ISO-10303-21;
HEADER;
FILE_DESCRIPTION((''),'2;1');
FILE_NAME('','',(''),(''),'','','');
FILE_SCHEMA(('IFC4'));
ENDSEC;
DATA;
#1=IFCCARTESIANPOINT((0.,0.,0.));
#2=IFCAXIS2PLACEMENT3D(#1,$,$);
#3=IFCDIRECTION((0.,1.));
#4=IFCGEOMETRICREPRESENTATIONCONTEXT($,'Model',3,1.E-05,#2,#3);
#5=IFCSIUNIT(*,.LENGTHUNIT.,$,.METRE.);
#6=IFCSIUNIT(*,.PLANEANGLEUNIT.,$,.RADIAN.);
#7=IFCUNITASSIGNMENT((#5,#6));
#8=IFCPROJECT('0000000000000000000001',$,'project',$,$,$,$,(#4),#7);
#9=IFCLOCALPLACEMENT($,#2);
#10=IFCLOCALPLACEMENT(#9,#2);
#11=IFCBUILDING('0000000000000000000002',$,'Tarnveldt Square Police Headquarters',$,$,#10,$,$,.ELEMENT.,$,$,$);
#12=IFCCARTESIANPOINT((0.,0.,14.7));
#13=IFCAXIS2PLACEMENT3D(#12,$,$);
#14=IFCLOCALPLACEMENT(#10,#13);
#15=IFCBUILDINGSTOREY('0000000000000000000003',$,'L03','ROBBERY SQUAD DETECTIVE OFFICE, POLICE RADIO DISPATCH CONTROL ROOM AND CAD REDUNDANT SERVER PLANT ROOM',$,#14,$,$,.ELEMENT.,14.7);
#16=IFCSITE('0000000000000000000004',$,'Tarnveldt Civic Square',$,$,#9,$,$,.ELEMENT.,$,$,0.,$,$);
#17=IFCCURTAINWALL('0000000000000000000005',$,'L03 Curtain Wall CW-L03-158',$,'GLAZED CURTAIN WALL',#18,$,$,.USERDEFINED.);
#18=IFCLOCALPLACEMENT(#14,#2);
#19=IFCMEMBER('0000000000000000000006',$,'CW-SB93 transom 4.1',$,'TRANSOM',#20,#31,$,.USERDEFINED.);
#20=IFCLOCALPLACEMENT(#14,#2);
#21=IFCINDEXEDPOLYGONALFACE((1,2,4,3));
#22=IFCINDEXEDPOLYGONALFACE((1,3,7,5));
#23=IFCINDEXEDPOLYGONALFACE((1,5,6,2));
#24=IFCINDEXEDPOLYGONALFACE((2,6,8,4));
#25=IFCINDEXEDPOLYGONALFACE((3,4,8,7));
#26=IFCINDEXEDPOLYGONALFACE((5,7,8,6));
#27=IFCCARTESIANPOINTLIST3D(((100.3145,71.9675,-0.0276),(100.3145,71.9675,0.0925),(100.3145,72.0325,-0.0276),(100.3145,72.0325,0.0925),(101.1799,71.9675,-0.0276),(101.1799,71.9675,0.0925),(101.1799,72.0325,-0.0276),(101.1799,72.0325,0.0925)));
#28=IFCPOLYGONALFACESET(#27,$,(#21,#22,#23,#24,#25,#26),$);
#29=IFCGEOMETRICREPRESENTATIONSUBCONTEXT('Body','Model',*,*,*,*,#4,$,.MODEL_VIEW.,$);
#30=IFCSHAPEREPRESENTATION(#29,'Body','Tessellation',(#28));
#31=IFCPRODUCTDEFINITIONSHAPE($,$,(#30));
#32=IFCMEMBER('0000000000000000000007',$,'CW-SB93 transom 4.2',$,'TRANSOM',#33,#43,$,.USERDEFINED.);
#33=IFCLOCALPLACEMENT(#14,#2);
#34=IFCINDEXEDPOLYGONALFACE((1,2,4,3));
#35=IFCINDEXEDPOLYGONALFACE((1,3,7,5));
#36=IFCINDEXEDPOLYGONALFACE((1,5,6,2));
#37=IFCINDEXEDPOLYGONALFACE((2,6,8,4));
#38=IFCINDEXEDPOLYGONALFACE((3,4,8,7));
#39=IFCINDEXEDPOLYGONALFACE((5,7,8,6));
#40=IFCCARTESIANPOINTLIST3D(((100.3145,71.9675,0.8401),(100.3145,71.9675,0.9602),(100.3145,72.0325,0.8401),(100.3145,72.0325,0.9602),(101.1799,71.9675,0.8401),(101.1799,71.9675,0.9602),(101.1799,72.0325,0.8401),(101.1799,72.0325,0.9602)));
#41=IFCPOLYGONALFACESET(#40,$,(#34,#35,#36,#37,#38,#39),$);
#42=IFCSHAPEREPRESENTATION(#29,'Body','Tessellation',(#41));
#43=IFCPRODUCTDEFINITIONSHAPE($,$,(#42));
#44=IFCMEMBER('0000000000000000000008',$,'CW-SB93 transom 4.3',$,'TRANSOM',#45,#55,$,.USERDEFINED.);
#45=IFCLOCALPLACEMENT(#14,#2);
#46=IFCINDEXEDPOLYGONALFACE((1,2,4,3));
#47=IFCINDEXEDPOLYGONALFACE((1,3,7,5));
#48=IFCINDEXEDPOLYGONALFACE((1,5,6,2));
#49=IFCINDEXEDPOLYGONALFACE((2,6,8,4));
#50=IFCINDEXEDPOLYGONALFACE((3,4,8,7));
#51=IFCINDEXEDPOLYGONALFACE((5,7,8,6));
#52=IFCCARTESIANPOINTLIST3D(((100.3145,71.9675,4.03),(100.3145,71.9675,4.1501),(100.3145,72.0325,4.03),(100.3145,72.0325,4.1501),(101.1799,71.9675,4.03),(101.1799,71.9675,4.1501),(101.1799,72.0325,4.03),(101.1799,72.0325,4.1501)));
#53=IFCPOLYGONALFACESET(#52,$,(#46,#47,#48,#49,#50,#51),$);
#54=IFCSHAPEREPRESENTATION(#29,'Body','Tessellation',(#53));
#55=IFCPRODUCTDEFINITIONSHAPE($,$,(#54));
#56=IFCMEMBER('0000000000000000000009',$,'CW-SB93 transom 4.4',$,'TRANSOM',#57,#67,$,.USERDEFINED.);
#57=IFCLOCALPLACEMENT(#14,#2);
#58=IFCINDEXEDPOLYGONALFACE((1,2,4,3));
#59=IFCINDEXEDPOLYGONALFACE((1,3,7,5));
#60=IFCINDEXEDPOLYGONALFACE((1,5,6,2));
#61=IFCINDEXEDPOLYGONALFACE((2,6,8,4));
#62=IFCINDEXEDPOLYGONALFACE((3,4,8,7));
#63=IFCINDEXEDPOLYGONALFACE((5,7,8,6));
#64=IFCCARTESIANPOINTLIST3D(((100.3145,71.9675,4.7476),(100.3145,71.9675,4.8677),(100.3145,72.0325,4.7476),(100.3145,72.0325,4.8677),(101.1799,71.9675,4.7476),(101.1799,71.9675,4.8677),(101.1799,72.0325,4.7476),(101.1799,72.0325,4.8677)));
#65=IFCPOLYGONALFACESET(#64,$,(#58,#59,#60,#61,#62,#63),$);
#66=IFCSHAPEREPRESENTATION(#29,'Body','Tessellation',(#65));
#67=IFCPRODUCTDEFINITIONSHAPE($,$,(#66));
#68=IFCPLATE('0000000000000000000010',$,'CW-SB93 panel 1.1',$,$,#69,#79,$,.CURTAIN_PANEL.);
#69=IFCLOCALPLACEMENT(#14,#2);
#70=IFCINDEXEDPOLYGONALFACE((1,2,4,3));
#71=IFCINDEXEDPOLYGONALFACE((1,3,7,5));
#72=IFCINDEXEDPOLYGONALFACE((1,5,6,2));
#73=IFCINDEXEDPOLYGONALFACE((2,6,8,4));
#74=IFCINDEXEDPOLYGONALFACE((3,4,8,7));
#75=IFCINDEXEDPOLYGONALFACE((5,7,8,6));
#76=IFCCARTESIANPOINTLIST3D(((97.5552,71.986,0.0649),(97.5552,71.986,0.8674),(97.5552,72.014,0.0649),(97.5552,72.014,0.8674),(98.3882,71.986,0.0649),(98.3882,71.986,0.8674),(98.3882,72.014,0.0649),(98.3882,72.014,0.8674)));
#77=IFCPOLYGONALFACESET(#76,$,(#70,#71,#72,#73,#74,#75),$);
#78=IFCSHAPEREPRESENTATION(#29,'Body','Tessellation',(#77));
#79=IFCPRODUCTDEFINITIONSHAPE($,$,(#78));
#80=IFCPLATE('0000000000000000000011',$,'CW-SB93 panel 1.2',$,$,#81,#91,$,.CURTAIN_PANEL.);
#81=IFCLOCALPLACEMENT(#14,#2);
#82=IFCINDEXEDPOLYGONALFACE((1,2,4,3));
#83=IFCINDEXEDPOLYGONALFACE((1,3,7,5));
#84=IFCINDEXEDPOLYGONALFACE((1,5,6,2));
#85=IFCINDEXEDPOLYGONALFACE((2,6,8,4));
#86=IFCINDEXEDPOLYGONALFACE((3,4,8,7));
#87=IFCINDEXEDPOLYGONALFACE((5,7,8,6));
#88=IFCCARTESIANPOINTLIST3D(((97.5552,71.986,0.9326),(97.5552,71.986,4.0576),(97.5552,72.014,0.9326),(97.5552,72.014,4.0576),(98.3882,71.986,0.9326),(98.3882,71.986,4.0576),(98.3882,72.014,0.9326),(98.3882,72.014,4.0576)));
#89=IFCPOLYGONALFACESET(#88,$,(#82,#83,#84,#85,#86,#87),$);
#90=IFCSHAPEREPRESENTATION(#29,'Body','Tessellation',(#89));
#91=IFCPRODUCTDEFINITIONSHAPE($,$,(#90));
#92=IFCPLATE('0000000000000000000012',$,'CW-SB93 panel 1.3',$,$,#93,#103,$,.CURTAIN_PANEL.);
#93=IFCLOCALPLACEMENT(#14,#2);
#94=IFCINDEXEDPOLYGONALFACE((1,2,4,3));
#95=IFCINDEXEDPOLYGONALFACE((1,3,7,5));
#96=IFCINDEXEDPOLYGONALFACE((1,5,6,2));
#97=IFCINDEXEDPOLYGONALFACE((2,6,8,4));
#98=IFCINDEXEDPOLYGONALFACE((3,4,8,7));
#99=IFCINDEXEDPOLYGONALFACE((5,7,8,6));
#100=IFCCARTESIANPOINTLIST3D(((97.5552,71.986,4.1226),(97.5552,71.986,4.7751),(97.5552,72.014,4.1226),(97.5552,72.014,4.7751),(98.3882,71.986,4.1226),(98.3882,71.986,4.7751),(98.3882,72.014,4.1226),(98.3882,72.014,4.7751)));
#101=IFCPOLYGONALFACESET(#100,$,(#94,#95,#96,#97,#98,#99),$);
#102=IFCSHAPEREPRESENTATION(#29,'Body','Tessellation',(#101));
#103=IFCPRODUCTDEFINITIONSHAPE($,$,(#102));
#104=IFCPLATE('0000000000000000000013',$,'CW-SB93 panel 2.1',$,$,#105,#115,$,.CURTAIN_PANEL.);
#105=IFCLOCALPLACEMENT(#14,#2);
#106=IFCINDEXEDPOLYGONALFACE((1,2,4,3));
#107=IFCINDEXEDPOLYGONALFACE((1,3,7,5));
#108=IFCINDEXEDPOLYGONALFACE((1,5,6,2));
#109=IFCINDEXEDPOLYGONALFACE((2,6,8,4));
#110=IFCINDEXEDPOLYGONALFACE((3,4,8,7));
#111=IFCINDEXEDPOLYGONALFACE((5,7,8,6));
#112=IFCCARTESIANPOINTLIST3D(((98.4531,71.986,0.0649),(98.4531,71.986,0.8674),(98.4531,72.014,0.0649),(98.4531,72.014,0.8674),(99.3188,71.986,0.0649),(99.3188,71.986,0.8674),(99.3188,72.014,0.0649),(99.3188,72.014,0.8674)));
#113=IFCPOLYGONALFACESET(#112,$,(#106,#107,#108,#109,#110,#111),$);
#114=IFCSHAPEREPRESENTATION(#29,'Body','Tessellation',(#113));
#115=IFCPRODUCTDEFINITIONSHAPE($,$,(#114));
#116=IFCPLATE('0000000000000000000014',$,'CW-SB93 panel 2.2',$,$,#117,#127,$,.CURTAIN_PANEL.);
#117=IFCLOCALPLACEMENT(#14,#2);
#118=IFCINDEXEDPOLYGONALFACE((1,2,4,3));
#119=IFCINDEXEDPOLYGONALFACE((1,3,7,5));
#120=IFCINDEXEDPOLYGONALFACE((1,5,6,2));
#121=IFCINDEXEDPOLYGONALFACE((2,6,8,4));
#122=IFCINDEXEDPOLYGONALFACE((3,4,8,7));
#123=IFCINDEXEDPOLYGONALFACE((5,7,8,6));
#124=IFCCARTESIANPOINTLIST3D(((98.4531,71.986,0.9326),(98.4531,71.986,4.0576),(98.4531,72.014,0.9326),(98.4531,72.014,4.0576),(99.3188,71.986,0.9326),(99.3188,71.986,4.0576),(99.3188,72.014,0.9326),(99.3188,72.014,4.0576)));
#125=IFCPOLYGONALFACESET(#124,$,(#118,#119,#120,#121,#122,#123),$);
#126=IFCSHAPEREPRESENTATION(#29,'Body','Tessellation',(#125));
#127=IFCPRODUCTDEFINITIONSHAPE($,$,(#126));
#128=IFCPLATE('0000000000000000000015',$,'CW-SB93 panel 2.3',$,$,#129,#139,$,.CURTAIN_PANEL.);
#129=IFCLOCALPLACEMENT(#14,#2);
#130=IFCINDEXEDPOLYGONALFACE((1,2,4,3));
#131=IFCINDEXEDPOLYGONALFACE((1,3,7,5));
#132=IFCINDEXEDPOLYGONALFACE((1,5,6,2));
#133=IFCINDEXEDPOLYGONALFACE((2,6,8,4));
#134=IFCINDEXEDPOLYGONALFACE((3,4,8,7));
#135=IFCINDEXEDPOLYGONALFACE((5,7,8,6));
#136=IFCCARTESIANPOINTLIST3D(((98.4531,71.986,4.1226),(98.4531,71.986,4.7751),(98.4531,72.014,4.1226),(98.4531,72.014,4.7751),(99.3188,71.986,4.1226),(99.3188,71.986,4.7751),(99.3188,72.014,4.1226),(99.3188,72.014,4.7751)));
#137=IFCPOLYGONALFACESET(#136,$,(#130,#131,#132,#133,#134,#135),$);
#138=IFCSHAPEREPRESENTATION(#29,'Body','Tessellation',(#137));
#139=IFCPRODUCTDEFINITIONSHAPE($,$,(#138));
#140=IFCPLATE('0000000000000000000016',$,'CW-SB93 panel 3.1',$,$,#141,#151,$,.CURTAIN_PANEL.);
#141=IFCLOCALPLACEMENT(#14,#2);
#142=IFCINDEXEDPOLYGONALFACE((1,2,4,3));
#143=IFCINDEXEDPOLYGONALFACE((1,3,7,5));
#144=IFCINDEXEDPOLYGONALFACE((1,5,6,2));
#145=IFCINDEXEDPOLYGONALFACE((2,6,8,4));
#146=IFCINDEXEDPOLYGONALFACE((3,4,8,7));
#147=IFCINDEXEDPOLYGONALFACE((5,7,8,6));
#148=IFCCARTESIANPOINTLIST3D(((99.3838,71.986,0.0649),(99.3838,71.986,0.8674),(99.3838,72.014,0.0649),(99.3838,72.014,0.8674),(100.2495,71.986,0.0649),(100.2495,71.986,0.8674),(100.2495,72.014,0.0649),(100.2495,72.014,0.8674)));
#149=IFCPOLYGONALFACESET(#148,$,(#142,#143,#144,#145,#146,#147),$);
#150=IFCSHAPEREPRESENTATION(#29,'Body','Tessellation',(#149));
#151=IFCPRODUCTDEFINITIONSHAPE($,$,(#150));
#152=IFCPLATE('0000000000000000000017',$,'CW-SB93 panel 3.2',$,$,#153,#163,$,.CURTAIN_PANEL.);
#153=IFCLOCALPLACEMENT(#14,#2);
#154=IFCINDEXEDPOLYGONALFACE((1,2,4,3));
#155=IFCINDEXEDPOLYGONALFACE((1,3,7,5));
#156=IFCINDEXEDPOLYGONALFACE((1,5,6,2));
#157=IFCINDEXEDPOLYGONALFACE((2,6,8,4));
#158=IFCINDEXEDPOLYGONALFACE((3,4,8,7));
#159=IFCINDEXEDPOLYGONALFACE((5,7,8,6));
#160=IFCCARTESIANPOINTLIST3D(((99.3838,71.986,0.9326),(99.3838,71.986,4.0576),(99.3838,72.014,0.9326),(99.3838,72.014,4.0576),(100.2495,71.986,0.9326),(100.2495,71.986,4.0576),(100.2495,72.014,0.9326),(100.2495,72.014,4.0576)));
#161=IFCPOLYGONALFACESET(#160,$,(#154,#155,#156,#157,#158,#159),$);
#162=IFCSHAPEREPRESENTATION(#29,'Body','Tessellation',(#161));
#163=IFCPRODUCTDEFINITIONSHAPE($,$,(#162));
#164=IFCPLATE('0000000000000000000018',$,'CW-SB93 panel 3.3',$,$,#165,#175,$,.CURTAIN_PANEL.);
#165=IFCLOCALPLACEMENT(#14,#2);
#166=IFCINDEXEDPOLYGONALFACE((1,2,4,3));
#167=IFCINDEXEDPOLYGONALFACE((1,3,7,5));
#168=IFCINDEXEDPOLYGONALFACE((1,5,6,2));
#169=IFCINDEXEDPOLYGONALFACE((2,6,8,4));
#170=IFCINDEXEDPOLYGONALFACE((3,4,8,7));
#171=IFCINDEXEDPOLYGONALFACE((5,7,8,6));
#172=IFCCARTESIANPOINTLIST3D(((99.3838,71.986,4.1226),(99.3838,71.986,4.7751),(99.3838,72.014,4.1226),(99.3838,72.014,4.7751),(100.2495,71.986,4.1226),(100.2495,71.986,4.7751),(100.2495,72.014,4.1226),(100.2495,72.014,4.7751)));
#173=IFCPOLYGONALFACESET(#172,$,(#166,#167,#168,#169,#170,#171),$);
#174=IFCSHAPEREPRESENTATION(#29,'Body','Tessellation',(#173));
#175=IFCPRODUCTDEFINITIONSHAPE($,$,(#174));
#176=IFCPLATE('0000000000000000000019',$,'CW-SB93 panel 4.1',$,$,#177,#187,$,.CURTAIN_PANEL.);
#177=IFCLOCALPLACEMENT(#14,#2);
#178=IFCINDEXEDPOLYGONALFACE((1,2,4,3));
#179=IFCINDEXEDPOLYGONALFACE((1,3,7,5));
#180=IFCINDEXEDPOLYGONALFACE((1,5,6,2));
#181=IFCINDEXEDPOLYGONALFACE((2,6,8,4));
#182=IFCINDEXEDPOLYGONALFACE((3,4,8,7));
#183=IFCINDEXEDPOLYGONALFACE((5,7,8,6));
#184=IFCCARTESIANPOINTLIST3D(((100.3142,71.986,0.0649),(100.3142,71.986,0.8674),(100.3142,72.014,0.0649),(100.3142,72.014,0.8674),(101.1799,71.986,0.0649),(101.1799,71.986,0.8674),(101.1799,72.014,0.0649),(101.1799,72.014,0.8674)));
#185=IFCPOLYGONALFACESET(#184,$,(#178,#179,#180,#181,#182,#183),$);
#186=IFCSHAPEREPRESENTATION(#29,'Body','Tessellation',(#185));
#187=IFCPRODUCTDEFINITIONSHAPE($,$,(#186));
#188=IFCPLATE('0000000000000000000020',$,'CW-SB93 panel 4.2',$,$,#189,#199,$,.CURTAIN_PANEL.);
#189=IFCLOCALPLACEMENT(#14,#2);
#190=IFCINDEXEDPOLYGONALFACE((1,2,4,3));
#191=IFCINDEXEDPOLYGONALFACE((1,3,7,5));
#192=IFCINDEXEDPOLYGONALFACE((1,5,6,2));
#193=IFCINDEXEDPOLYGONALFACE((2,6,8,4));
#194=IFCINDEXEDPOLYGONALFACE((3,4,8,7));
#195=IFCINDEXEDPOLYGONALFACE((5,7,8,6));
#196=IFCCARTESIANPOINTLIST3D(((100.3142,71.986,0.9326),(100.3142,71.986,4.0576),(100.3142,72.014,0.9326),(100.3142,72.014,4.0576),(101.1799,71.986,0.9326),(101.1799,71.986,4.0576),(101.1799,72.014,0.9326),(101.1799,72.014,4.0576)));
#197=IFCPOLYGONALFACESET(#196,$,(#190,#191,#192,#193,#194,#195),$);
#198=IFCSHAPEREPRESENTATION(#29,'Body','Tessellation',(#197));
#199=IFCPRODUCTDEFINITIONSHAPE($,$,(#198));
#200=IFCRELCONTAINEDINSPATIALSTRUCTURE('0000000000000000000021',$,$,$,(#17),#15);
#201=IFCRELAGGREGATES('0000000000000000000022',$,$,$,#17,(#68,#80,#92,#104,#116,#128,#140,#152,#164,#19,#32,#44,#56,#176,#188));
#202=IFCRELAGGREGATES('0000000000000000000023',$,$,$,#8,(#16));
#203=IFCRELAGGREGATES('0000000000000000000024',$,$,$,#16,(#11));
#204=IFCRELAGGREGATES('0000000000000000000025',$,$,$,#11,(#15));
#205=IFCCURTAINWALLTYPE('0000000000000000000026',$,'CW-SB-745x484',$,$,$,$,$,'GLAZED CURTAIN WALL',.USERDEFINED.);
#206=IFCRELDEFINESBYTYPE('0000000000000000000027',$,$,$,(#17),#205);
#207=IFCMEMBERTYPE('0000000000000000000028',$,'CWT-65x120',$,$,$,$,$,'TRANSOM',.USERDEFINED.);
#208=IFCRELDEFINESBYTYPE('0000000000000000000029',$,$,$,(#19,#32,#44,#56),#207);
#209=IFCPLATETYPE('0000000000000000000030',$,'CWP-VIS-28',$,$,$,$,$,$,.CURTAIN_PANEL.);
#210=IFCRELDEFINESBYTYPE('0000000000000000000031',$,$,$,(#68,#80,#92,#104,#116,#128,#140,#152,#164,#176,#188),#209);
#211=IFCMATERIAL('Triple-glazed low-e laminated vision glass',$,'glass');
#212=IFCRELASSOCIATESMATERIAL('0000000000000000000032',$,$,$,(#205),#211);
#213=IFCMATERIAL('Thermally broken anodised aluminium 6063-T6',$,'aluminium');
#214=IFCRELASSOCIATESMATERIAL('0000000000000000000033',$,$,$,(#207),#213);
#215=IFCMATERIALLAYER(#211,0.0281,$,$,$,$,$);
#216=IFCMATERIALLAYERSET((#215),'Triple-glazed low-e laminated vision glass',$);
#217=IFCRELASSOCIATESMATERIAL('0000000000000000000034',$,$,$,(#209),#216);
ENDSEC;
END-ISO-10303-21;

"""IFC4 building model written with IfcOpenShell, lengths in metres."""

from ifc_helpers import new_model, si_unit, direction, frame, origin, origin_2d, place, context, subcontext, project, spatial, rectangle, extrude, material, layer, layer_set, material_profile, profile_set, type_object, element, aggregate, save


model = new_model("IFC4")

# Units and contexts
model_context = context("Model", 3, precision=1e-05, world=origin(), true_north=direction((0.0, 1.0)))
body_context = subcontext(model_context, "Body", "Model", "MODEL_VIEW")
ifc_project = project(units=[si_unit("LENGTHUNIT", "METRE"), si_unit("PLANEANGLEUNIT", "RADIAN")], contexts=[model_context])

# Site, building, storey
site_placement = place(None, origin())
site = spatial("IfcSite", under=ifc_project, at=site_placement, Name="Tarnveldt Civic Square", CompositionType="ELEMENT", RefElevation=0.0)
building_placement = place(site_placement, origin())
building = spatial("IfcBuilding", under=site, at=building_placement, Name="Tarnveldt Square Police Headquarters", CompositionType="ELEMENT")
storey_placement = place(building_placement, frame((0.0, 0.0, 14.7)))
storey = spatial("IfcBuildingStorey", under=building, at=storey_placement, Name="L03", Description="ROBBERY SQUAD DETECTIVE OFFICE, POLICE RADIO DISPATCH CONTROL ROOM AND CAD REDUNDANT SERVER PLANT ROOM", CompositionType="ELEMENT", Elevation=14.7)

# Curtain wall, members, plates
ifc_material_1 = material(Name="Triple-glazed low-e laminated vision glass", Category="glass")
curtain_wall_type = type_object("IfcCurtainWallType", Name="CW-SB-745x484", ElementType="GLAZED CURTAIN WALL", PredefinedType="USERDEFINED", material=ifc_material_1)
curtain_wall_placement = place(storey_placement, origin())
curtain_wall = element("IfcCurtainWall", 1, at=curtain_wall_placement, inside=storey, type_object=curtain_wall_type, Name="L03 Curtain Wall CW-L03-158", ObjectType="GLAZED CURTAIN WALL", PredefinedType="USERDEFINED")
ifc_material_2 = material(Name="Thermally broken anodised aluminium 6063-T6", Category="aluminium")
ifc_material_profile_1 = material_profile(ifc_material_2, rectangle(XDim=0.0649, YDim=0.1201, at=origin_2d()), Name="CW-T65x120")
ifc_profile_set_1 = profile_set([ifc_material_profile_1], Name="Thermally broken anodised aluminium 6063-T6")
member_type_1 = type_object("IfcMemberType", Name="CWT-65x120", ElementType="TRANSOM", PredefinedType="USERDEFINED", material=ifc_profile_set_1)
member_1_placement = place(storey_placement, frame((100.3145, 72.0, 0.0325), z_axis=(1.0, 0.0, 0.0), x_axis=(0.0, 1.0, 0.0)))
member_1 = element("IfcMember", 2, at=member_1_placement, type_object=member_type_1, Name="CW-SB93 transom 4.1", ObjectType="TRANSOM", PredefinedType="USERDEFINED", context=body_context, shape_type="SweptSolid", body=[
    extrude(rectangle(XDim=0.0649, YDim=0.1201, at=origin_2d()), origin(), (0.0, 0.0, 1.0), 0.8655),
])
member_2_placement = place(storey_placement, frame((100.3145, 72.0, 0.9001), z_axis=(1.0, 0.0, 0.0), x_axis=(0.0, 1.0, 0.0)))
member_2 = element("IfcMember", 3, at=member_2_placement, type_object=member_type_1, Name="CW-SB93 transom 4.2", ObjectType="TRANSOM", PredefinedType="USERDEFINED", context=body_context, shape_type="SweptSolid", body=[
    extrude(rectangle(XDim=0.0649, YDim=0.1201, at=origin_2d()), origin(), (0.0, 0.0, 1.0), 0.8655),
])
member_3_placement = place(storey_placement, frame((100.3145, 72.0, 4.0901), z_axis=(1.0, 0.0, 0.0), x_axis=(0.0, 1.0, 0.0)))
member_3 = element("IfcMember", 4, at=member_3_placement, type_object=member_type_1, Name="CW-SB93 transom 4.3", ObjectType="TRANSOM", PredefinedType="USERDEFINED", context=body_context, shape_type="SweptSolid", body=[
    extrude(rectangle(XDim=0.0649, YDim=0.1201, at=origin_2d()), origin(), (0.0, 0.0, 1.0), 0.8655),
])
member_4_placement = place(storey_placement, frame((100.3145, 72.0, 4.8076), z_axis=(1.0, 0.0, 0.0), x_axis=(0.0, 1.0, 0.0)))
member_4 = element("IfcMember", 5, at=member_4_placement, type_object=member_type_1, Name="CW-SB93 transom 4.4", ObjectType="TRANSOM", PredefinedType="USERDEFINED", context=body_context, shape_type="SweptSolid", body=[
    extrude(rectangle(XDim=0.0649, YDim=0.1201, at=origin_2d()), origin(), (0.0, 0.0, 1.0), 0.8655),
])
ifc_layer = layer(ifc_material_1, 0.0281)
ifc_layer_set = layer_set([ifc_layer], Name="Triple-glazed low-e laminated vision glass")
plate_type = type_object("IfcPlateType", Name="CWP-VIS-28", PredefinedType="CURTAIN_PANEL", material=ifc_layer_set)
plate_1_placement = place(storey_placement, frame((97.9717, 72.0, 0.0649), z_axis=(0.0, 0.0, 1.0), x_axis=(1.0, 0.0, 0.0)))
plate_1 = element("IfcPlate", 6, at=plate_1_placement, type_object=plate_type, Name="CW-SB93 panel 1.1", PredefinedType="CURTAIN_PANEL", context=body_context, shape_type="SweptSolid", body=[
    extrude(rectangle(XDim=0.833, YDim=0.0281, at=origin_2d()), origin(), (0.0, 0.0, 1.0), 0.8025),
])
plate_2_placement = place(storey_placement, frame((97.9717, 72.0, 0.9326), z_axis=(0.0, 0.0, 1.0), x_axis=(1.0, 0.0, 0.0)))
plate_2 = element("IfcPlate", 7, at=plate_2_placement, type_object=plate_type, Name="CW-SB93 panel 1.2", PredefinedType="CURTAIN_PANEL", context=body_context, shape_type="SweptSolid", body=[
    extrude(rectangle(XDim=0.833, YDim=0.0281, at=origin_2d()), origin(), (0.0, 0.0, 1.0), 3.125),
])
plate_3_placement = place(storey_placement, frame((97.9717, 72.0, 4.1226), z_axis=(0.0, 0.0, 1.0), x_axis=(1.0, 0.0, 0.0)))
plate_3 = element("IfcPlate", 8, at=plate_3_placement, type_object=plate_type, Name="CW-SB93 panel 1.3", PredefinedType="CURTAIN_PANEL", context=body_context, shape_type="SweptSolid", body=[
    extrude(rectangle(XDim=0.833, YDim=0.0281, at=origin_2d()), origin(), (0.0, 0.0, 1.0), 0.6526),
])
plate_4_placement = place(storey_placement, frame((98.886, 72.0, 0.0649), z_axis=(0.0, 0.0, 1.0), x_axis=(1.0, 0.0, 0.0)))
plate_4 = element("IfcPlate", 9, at=plate_4_placement, type_object=plate_type, Name="CW-SB93 panel 2.1", PredefinedType="CURTAIN_PANEL", context=body_context, shape_type="SweptSolid", body=[
    extrude(rectangle(XDim=0.8657, YDim=0.0281, at=origin_2d()), origin(), (0.0, 0.0, 1.0), 0.8025),
])
plate_5_placement = place(storey_placement, frame((98.886, 72.0, 0.9326), z_axis=(0.0, 0.0, 1.0), x_axis=(1.0, 0.0, 0.0)))
plate_5 = element("IfcPlate", 10, at=plate_5_placement, type_object=plate_type, Name="CW-SB93 panel 2.2", PredefinedType="CURTAIN_PANEL", context=body_context, shape_type="SweptSolid", body=[
    extrude(rectangle(XDim=0.8657, YDim=0.0281, at=origin_2d()), origin(), (0.0, 0.0, 1.0), 3.125),
])
plate_6_placement = place(storey_placement, frame((98.886, 72.0, 4.1226), z_axis=(0.0, 0.0, 1.0), x_axis=(1.0, 0.0, 0.0)))
plate_6 = element("IfcPlate", 11, at=plate_6_placement, type_object=plate_type, Name="CW-SB93 panel 2.3", PredefinedType="CURTAIN_PANEL", context=body_context, shape_type="SweptSolid", body=[
    extrude(rectangle(XDim=0.8657, YDim=0.0281, at=origin_2d()), origin(), (0.0, 0.0, 1.0), 0.6526),
])
plate_7_placement = place(storey_placement, frame((99.8167, 72.0, 0.0649), z_axis=(0.0, 0.0, 1.0), x_axis=(1.0, 0.0, 0.0)))
plate_7 = element("IfcPlate", 12, at=plate_7_placement, type_object=plate_type, Name="CW-SB93 panel 3.1", PredefinedType="CURTAIN_PANEL", context=body_context, shape_type="SweptSolid", body=[
    extrude(rectangle(XDim=0.8657, YDim=0.0281, at=origin_2d()), origin(), (0.0, 0.0, 1.0), 0.8025),
])
plate_8_placement = place(storey_placement, frame((99.8167, 72.0, 0.9326), z_axis=(0.0, 0.0, 1.0), x_axis=(1.0, 0.0, 0.0)))
plate_8 = element("IfcPlate", 13, at=plate_8_placement, type_object=plate_type, Name="CW-SB93 panel 3.2", PredefinedType="CURTAIN_PANEL", context=body_context, shape_type="SweptSolid", body=[
    extrude(rectangle(XDim=0.8657, YDim=0.0281, at=origin_2d()), origin(), (0.0, 0.0, 1.0), 3.125),
])
plate_9_placement = place(storey_placement, frame((99.8167, 72.0, 4.1226), z_axis=(0.0, 0.0, 1.0), x_axis=(1.0, 0.0, 0.0)))
plate_9 = element("IfcPlate", 14, at=plate_9_placement, type_object=plate_type, Name="CW-SB93 panel 3.3", PredefinedType="CURTAIN_PANEL", context=body_context, shape_type="SweptSolid", body=[
    extrude(rectangle(XDim=0.8657, YDim=0.0281, at=origin_2d()), origin(), (0.0, 0.0, 1.0), 0.6526),
])
plate_10_placement = place(storey_placement, frame((100.7471, 72.0, 0.0649), z_axis=(0.0, 0.0, 1.0), x_axis=(1.0, 0.0, 0.0)))
plate_10 = element("IfcPlate", 15, at=plate_10_placement, type_object=plate_type, Name="CW-SB93 panel 4.1", PredefinedType="CURTAIN_PANEL", context=body_context, shape_type="SweptSolid", body=[
    extrude(rectangle(XDim=0.8657, YDim=0.0281, at=origin_2d()), origin(), (0.0, 0.0, 1.0), 0.8025),
])
plate_11_placement = place(storey_placement, frame((100.7471, 72.0, 0.9326), z_axis=(0.0, 0.0, 1.0), x_axis=(1.0, 0.0, 0.0)))
plate_11 = element("IfcPlate", 16, at=plate_11_placement, type_object=plate_type, Name="CW-SB93 panel 4.2", PredefinedType="CURTAIN_PANEL", context=body_context, shape_type="SweptSolid", body=[
    extrude(rectangle(XDim=0.8657, YDim=0.0281, at=origin_2d()), origin(), (0.0, 0.0, 1.0), 3.125),
])
aggregate(curtain_wall, [plate_1, plate_2, plate_3, plate_4, plate_5, plate_6, plate_7, plate_8, plate_9, member_1, member_2, member_3, member_4, plate_10, plate_11])

save(model, "model.ifc")
